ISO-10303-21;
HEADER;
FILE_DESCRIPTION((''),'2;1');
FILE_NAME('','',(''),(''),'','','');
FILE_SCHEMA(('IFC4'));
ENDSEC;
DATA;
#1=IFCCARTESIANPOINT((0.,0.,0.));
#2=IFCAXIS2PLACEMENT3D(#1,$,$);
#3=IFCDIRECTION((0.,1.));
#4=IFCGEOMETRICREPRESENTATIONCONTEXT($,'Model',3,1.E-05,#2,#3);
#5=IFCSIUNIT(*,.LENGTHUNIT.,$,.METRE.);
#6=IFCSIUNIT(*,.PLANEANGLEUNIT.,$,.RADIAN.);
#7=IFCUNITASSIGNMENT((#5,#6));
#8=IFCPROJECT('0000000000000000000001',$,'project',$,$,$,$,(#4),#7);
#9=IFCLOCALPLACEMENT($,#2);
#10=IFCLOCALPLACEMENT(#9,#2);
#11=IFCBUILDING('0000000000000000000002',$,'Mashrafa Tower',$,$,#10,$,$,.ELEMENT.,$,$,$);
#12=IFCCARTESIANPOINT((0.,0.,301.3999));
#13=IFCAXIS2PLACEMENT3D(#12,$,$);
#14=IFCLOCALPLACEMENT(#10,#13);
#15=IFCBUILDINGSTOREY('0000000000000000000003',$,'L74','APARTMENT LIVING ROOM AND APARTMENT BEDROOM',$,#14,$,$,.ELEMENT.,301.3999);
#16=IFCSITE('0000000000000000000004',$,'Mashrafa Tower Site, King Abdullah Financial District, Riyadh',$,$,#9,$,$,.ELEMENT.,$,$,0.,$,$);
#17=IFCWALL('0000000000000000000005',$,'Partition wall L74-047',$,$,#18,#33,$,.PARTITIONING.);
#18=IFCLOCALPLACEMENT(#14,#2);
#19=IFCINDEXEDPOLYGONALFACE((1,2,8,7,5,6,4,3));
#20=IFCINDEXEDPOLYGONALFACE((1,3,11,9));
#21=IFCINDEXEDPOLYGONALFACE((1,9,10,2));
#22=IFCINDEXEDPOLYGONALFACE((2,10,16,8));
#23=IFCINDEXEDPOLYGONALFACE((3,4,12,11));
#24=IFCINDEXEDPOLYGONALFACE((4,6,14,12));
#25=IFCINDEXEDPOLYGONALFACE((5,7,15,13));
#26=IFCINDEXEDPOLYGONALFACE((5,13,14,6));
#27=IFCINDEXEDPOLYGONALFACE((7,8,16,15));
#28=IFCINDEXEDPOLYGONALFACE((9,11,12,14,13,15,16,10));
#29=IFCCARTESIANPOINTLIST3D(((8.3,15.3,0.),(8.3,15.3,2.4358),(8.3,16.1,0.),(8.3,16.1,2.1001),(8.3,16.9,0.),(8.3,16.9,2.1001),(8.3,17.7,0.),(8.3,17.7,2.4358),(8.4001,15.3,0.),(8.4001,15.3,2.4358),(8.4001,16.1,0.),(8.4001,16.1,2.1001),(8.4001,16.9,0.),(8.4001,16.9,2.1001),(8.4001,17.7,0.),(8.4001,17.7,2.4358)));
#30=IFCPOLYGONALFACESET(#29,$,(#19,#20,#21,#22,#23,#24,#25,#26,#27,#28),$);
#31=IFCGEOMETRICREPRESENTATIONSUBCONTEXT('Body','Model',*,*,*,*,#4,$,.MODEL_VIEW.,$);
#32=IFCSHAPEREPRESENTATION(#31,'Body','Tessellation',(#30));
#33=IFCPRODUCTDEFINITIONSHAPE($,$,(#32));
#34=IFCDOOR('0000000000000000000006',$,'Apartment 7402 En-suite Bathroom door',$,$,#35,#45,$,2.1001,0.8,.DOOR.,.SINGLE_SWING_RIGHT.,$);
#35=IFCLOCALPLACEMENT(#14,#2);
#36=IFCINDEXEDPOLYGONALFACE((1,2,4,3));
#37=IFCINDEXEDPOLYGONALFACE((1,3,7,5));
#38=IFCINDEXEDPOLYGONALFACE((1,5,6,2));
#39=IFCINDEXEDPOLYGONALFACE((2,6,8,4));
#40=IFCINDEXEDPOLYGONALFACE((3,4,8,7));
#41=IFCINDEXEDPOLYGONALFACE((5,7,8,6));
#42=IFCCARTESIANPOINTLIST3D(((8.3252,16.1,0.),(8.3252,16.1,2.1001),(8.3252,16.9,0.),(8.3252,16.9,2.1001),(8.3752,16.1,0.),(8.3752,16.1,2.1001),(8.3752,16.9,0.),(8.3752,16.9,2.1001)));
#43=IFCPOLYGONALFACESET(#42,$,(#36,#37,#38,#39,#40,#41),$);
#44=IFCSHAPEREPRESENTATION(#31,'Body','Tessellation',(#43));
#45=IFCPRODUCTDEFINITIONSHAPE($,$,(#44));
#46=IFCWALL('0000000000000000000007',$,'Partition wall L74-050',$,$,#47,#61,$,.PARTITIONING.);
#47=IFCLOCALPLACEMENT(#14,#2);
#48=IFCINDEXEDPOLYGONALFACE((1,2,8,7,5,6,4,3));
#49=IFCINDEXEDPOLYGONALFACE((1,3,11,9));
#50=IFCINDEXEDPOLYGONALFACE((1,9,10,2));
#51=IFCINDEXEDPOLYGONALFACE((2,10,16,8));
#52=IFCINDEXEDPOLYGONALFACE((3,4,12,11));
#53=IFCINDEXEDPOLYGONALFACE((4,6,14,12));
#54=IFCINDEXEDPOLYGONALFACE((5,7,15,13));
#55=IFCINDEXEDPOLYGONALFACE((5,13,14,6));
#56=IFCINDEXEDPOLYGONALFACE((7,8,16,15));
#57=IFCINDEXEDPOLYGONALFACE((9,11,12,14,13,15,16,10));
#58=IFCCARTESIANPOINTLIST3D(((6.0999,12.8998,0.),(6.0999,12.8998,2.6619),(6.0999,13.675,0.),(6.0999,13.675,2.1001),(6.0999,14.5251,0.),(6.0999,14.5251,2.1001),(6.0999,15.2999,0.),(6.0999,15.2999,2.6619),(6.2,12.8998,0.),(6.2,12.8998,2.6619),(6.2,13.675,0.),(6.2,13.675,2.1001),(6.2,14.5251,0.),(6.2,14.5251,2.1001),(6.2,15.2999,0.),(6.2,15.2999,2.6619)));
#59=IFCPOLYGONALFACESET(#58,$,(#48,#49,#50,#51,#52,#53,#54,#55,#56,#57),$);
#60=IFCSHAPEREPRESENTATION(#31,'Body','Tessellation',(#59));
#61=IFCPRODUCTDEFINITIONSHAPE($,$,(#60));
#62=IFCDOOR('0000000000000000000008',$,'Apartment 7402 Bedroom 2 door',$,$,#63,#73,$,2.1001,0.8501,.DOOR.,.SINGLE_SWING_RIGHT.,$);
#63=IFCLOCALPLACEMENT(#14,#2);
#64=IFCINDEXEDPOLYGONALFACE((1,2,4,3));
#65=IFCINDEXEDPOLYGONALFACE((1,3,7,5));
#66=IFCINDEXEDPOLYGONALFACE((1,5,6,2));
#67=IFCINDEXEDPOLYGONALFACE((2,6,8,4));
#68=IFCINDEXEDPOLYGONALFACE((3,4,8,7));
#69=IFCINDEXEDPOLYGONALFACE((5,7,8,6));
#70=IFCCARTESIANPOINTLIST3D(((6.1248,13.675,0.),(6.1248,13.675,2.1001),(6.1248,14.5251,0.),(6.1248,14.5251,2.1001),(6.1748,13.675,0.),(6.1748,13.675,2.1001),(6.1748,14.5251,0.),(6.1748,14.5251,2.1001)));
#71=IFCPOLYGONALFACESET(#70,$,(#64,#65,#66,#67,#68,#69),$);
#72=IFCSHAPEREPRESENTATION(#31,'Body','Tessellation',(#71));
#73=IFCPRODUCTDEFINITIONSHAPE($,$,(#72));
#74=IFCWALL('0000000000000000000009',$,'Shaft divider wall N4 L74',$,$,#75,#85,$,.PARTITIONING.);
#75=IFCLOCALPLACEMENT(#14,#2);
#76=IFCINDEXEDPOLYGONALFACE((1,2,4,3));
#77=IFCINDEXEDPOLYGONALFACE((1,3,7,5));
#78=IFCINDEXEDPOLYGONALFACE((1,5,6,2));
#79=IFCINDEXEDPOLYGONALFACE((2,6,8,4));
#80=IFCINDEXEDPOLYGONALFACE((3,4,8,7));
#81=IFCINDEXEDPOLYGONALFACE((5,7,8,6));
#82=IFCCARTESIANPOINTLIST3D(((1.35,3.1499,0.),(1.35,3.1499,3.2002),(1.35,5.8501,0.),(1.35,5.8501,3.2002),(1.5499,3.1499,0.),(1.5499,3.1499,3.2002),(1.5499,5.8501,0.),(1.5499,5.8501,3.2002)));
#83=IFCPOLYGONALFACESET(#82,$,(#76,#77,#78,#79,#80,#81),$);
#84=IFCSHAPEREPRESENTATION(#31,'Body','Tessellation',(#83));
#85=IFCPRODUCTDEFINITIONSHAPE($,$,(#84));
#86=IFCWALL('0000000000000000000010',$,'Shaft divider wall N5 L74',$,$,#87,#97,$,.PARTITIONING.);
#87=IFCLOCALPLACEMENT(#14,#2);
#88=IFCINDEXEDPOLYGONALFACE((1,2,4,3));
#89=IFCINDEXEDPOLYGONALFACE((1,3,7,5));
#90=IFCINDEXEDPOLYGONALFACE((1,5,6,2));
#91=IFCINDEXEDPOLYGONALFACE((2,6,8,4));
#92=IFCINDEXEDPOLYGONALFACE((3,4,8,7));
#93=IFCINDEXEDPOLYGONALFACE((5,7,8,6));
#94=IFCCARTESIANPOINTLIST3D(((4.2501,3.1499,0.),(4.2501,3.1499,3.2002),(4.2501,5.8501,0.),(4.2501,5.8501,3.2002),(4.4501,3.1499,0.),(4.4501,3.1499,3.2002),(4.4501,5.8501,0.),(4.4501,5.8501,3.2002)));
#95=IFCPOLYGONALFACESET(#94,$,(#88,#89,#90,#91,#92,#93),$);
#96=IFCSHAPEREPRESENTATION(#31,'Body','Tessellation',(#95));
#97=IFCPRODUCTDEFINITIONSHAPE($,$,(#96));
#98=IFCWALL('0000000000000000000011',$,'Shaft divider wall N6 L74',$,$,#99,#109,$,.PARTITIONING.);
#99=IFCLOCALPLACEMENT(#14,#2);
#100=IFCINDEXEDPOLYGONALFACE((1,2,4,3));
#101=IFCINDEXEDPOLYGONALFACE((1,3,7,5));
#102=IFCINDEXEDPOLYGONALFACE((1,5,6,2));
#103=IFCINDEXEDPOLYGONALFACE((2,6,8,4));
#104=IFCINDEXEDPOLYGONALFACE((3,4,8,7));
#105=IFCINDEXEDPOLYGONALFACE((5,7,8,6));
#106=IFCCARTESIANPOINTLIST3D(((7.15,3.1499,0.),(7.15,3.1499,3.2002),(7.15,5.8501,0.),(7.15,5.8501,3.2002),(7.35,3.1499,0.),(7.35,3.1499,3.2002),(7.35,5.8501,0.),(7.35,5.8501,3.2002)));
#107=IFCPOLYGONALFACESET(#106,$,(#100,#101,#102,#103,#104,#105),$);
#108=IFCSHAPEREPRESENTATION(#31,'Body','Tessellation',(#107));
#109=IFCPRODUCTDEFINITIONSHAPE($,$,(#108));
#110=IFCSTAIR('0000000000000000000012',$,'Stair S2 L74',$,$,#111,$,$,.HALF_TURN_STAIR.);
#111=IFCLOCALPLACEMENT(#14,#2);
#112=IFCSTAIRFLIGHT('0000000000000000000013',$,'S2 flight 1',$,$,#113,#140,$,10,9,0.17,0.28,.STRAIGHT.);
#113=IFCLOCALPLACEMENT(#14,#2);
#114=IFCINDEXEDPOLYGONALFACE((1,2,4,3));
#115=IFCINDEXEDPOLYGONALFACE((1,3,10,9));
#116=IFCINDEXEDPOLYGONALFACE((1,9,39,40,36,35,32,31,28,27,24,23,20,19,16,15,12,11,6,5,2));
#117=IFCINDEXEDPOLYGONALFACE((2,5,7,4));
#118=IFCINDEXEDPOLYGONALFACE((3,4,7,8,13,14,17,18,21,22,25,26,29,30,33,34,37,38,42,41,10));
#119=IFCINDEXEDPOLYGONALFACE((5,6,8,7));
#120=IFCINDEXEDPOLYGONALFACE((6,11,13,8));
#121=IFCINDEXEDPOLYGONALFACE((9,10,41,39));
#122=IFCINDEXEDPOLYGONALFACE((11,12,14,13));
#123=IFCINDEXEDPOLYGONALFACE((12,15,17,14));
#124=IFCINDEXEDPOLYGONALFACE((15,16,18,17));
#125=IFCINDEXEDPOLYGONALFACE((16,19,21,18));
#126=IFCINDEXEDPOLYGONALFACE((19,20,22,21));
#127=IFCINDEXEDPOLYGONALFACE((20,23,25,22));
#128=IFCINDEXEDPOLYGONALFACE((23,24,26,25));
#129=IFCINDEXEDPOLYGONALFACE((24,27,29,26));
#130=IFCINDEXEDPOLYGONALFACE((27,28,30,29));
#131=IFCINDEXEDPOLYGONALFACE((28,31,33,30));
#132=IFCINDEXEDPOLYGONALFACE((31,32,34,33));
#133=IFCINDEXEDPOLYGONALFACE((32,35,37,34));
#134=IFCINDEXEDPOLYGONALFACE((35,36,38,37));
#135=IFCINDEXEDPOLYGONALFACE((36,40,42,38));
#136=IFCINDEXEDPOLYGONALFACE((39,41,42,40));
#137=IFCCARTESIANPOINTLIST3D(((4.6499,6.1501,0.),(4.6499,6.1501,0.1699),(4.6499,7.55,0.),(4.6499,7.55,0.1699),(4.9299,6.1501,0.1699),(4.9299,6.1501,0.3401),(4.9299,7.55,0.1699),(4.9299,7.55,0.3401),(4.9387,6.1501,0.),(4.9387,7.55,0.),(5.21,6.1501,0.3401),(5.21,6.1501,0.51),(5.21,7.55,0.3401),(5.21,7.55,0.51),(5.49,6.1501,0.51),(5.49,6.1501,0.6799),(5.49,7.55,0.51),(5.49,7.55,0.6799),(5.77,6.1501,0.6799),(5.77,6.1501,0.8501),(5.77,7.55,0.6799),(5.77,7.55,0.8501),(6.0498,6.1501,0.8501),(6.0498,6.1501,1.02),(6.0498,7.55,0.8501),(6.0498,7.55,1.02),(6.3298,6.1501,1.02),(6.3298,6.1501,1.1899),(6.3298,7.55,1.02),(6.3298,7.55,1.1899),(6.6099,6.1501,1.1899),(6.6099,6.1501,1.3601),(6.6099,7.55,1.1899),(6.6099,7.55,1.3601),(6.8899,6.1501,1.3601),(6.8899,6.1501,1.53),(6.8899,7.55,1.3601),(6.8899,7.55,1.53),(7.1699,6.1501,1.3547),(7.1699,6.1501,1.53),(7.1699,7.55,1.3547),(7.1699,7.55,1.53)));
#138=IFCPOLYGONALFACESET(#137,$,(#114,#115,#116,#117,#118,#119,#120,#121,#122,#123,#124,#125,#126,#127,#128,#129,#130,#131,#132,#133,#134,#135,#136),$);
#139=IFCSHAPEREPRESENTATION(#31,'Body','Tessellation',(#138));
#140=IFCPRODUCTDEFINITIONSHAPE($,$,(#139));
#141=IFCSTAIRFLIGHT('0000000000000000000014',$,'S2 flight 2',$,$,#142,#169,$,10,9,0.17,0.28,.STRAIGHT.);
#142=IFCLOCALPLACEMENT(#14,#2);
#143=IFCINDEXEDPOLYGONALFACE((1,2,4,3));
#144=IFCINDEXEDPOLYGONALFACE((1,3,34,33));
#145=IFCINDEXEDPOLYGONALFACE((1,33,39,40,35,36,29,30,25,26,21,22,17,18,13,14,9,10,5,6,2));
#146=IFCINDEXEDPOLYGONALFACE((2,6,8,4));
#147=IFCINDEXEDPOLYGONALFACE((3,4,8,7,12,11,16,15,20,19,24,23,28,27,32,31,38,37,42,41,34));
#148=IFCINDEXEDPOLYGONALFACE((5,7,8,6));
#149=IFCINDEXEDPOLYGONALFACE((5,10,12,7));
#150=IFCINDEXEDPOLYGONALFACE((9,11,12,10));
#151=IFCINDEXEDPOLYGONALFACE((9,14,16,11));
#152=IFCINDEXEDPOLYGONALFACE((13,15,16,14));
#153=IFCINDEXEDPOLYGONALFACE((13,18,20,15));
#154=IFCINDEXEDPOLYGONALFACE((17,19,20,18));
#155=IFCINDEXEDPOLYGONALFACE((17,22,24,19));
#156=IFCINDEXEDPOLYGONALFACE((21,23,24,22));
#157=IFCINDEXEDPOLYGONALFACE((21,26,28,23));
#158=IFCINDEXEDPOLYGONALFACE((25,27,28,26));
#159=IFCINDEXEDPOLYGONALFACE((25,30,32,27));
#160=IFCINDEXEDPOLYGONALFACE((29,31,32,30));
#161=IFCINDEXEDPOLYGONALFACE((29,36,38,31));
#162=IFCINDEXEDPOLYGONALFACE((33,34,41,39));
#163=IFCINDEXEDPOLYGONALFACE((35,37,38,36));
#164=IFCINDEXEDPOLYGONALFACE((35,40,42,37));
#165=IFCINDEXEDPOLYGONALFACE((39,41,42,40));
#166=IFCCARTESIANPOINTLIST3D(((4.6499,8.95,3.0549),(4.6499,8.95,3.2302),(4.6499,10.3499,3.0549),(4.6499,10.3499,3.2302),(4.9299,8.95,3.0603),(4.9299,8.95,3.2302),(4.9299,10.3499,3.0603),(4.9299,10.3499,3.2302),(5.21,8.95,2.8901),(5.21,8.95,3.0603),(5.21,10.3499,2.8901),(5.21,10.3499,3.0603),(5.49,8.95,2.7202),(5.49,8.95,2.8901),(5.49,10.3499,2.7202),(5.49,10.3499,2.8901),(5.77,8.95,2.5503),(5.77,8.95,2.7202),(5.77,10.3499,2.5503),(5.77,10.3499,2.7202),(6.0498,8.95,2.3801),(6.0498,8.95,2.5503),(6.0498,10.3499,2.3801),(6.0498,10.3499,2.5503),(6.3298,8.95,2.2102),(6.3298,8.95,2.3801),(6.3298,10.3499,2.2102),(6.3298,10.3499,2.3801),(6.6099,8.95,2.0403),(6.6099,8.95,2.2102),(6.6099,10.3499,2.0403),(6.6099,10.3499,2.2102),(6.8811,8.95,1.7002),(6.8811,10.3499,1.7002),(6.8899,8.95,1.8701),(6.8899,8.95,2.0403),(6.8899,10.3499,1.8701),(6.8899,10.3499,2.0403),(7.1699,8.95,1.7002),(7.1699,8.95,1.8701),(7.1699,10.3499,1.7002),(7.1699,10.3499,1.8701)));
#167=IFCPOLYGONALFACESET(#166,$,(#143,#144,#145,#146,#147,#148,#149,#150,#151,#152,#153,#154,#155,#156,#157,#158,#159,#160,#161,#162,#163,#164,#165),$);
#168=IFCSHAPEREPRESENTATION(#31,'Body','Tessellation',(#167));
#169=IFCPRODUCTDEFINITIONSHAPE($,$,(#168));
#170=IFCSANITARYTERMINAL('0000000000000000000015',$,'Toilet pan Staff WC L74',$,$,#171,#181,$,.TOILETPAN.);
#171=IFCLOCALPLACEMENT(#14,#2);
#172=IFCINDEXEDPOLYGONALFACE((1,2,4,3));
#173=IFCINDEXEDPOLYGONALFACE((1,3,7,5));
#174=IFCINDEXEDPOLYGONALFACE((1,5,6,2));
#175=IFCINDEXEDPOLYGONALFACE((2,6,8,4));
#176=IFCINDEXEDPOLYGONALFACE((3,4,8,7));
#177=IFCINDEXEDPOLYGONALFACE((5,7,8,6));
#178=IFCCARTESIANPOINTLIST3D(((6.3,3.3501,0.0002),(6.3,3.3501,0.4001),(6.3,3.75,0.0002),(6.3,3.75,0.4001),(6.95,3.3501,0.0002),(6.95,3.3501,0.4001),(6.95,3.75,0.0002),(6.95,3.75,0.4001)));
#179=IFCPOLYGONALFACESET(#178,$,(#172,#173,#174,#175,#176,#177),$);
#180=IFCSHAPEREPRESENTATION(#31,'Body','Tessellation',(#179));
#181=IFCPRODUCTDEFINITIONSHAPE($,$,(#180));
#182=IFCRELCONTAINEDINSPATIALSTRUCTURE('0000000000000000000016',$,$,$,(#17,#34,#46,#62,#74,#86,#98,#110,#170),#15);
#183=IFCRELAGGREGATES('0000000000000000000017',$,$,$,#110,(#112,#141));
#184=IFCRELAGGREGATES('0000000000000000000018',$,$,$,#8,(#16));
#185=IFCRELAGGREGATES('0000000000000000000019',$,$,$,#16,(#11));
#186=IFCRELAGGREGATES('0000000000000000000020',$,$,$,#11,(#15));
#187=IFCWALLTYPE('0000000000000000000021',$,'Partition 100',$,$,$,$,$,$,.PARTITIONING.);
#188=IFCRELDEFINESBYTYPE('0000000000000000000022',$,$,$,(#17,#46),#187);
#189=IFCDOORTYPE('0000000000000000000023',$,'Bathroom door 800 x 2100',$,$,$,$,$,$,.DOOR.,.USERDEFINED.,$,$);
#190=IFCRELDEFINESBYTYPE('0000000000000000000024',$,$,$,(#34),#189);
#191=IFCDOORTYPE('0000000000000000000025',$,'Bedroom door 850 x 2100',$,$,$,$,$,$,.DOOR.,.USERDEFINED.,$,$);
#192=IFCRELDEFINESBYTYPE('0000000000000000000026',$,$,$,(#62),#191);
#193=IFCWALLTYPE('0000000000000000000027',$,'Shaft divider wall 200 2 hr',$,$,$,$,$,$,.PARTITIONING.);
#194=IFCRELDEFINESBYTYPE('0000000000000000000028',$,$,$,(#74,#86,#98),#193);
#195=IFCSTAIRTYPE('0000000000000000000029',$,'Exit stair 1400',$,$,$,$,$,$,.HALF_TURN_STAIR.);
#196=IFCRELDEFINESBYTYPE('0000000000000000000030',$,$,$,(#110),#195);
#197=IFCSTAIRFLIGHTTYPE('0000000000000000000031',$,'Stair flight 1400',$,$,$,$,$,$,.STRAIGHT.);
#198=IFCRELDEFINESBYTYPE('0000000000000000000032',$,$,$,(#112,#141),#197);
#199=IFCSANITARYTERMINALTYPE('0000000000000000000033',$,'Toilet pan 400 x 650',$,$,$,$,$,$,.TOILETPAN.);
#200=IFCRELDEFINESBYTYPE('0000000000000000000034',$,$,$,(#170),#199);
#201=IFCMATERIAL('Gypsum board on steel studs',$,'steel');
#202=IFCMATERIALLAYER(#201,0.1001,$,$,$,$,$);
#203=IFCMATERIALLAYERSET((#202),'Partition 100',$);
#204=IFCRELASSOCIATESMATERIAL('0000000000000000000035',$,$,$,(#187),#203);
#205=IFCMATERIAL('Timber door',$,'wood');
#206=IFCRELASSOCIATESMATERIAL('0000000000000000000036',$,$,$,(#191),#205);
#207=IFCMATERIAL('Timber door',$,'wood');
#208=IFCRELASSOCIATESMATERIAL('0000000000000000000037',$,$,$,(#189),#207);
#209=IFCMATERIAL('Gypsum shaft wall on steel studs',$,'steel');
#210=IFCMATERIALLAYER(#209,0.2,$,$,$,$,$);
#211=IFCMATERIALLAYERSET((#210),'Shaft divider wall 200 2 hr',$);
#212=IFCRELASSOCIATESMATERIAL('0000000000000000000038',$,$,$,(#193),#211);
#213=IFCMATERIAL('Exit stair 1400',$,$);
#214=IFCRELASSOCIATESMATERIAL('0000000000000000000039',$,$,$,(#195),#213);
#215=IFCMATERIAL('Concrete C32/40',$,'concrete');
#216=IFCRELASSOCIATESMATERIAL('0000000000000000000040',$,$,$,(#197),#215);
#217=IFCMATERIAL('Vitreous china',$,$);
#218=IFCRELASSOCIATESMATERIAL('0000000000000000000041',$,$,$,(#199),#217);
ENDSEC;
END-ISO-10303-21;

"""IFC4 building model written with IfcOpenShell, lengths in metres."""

from ifc_helpers import new_model, si_unit, direction, frame, frame_2d, origin, origin_2d, place, context, subcontext, project, spatial, polyline, rectangle, outline, extrude, material, layer, layer_set, type_object, element, fill, aggregate, save


model = new_model("IFC4")

# Units and contexts
model_context = context("Model", 3, precision=1e-05, world=origin(), true_north=direction((0.0, 1.0)))
body_context = subcontext(model_context, "Body", "Model", "MODEL_VIEW")
ifc_project = project(units=[si_unit("LENGTHUNIT", "METRE"), si_unit("PLANEANGLEUNIT", "RADIAN")], contexts=[model_context])

# Site, building, storey
site_placement = place(None, origin())
site = spatial("IfcSite", under=ifc_project, at=site_placement, Name="Mashrafa Tower Site, King Abdullah Financial District, Riyadh", CompositionType="ELEMENT", RefElevation=0.0)
building_placement = place(site_placement, origin())
building = spatial("IfcBuilding", under=site, at=building_placement, Name="Mashrafa Tower", CompositionType="ELEMENT")
storey_placement = place(building_placement, frame((0.0, 0.0, 301.3999)))
storey = spatial("IfcBuildingStorey", under=building, at=storey_placement, Name="L74", Description="APARTMENT LIVING ROOM AND APARTMENT BEDROOM", CompositionType="ELEMENT", Elevation=301.3999)

# Shared definitions
ifc_material_1 = material(Name="Gypsum board on steel studs", Category="steel")
ifc_layer_1 = layer(ifc_material_1, 0.1001)
ifc_layer_set_1 = layer_set([ifc_layer_1], Name="Partition 100")
wall_type_1 = type_object("IfcWallType", Name="Partition 100", PredefinedType="PARTITIONING", material=ifc_layer_set_1)

# Shared definitions
ifc_material_2 = material(Name="Timber door", Category="wood")
door_type_1 = type_object("IfcDoorType", Name="Bedroom door 850 x 2100", OperationType="USERDEFINED", PredefinedType="DOOR", material=ifc_material_2)

# Walls, openings, doors
wall_1_placement = place(storey_placement, frame((8.3501, 15.3, 0.0), z_axis=(0.0, 0.0, 1.0), x_axis=(0.0, 1.0, 0.0)))
wall_1 = element("IfcWall", 1, at=wall_1_placement, inside=storey, type_object=wall_type_1, Name="Partition wall L74-047", PredefinedType="PARTITIONING", context=body_context, shape_type="SweptSolid", body=[
    extrude(rectangle(XDim=2.3999, YDim=0.1001, at=frame_2d((1.2, 0.0))), origin(), (0.0, 0.0, 1.0), 2.4358),
])
opening_1_placement = place(wall_1_placement, frame((0.8, 0.0, 0.0)))
opening_1 = element("IfcOpeningElement", 2, at=opening_1_placement, cuts=wall_1, PredefinedType="OPENING", context=body_context, shape_type="SweptSolid", body=[
    extrude(rectangle(XDim=0.8, YDim=2.1001, at=frame_2d((0.3999, 1.05))), frame((0.0, 0.0601, 0.0), z_axis=(0.0, -1.0, 0.0), x_axis=(1.0, 0.0, 0.0)), (0.0, 0.0, 1.0), 0.1201),
])
ifc_material_3 = material(Name="Timber door", Category="wood")
door_type_2 = type_object("IfcDoorType", Name="Bathroom door 800 x 2100", OperationType="USERDEFINED", PredefinedType="DOOR", material=ifc_material_3)
door_1_placement = place(opening_1_placement, origin())
door_1 = element("IfcDoor", 3, at=door_1_placement, inside=storey, type_object=door_type_2, Name="Apartment 7402 En-suite Bathroom door", OperationType="SINGLE_SWING_RIGHT", OverallHeight=2.1001, OverallWidth=0.8, PredefinedType="DOOR", context=body_context, shape_type="SweptSolid", body=[
    extrude(rectangle(XDim=0.8, YDim=2.1001, at=frame_2d((0.3999, 1.05))), frame((0.0, 0.0249, 0.0), z_axis=(0.0, -1.0, 0.0), x_axis=(1.0, 0.0, 0.0)), (0.0, 0.0, 1.0), 0.05),
])
fill(opening_1, door_1)
wall_2_placement = place(storey_placement, frame((6.1499, 15.3, 0.0), z_axis=(0.0, 0.0, 1.0), x_axis=(0.0, -1.0, 0.0)))
wall_2 = element("IfcWall", 4, at=wall_2_placement, inside=storey, type_object=wall_type_1, Name="Partition wall L74-050", PredefinedType="PARTITIONING", context=body_context, shape_type="SweptSolid", body=[
    extrude(rectangle(XDim=2.4001, YDim=0.1001, at=frame_2d((1.2002, 0.0))), origin(), (0.0, 0.0, 1.0), 2.6619),
])
opening_2_placement = place(wall_2_placement, frame((0.7749, 0.0, 0.0)))
opening_2 = element("IfcOpeningElement", 5, at=opening_2_placement, cuts=wall_2, PredefinedType="OPENING", context=body_context, shape_type="SweptSolid", body=[
    extrude(rectangle(XDim=0.8501, YDim=2.1001, at=frame_2d((0.425, 1.05))), frame((0.0, 0.0601, 0.0), z_axis=(0.0, -1.0, 0.0), x_axis=(1.0, 0.0, 0.0)), (0.0, 0.0, 1.0), 0.1201),
])
door_2_placement = place(opening_2_placement, origin())
door_2 = element("IfcDoor", 6, at=door_2_placement, inside=storey, type_object=door_type_1, Name="Apartment 7402 Bedroom 2 door", OperationType="SINGLE_SWING_RIGHT", OverallHeight=2.1001, OverallWidth=0.8501, PredefinedType="DOOR", context=body_context, shape_type="SweptSolid", body=[
    extrude(rectangle(XDim=0.8501, YDim=2.1001, at=frame_2d((0.425, 1.05))), frame((0.0, 0.0249, 0.0), z_axis=(0.0, -1.0, 0.0), x_axis=(1.0, 0.0, 0.0)), (0.0, 0.0, 1.0), 0.05),
])
fill(opening_2, door_2)

# Walls
ifc_material_4 = material(Name="Gypsum shaft wall on steel studs", Category="steel")
ifc_layer_2 = layer(ifc_material_4, 0.2)
ifc_layer_set_2 = layer_set([ifc_layer_2], Name="Shaft divider wall 200 2 hr")
wall_type_2 = type_object("IfcWallType", Name="Shaft divider wall 200 2 hr", PredefinedType="PARTITIONING", material=ifc_layer_set_2)
for number, where, z_axis, x_axis, name in (
    (7, (1.45, 3.1499, 0.0), (0.0, 0.0, 1.0), (0.0, 1.0, 0.0), "Shaft divider wall N4 L74"),
    (8, (4.3501, 3.1499, 0.0), (0.0, 0.0, 1.0), (0.0, 1.0, 0.0), "Shaft divider wall N5 L74"),
    (9, (7.25, 3.1499, 0.0), (0.0, 0.0, 1.0), (0.0, 1.0, 0.0), "Shaft divider wall N6 L74"),
):
    element("IfcWall", number, at=place(storey_placement, frame(where, z_axis=z_axis, x_axis=x_axis)), inside=storey, type_object=wall_type_2, Name=name, PredefinedType="PARTITIONING", context=body_context, shape_type="SweptSolid", body=[
        extrude(rectangle(XDim=2.7002, YDim=0.2, at=frame_2d((1.3501, 0.0))), origin(), (0.0, 0.0, 1.0), 3.2002),
    ])

# Stair, stair flights
ifc_material_5 = material(Name="Exit stair 1400")
stair_type = type_object("IfcStairType", Name="Exit stair 1400", PredefinedType="HALF_TURN_STAIR", material=ifc_material_5)
stair_placement = place(storey_placement, origin())
stair = element("IfcStair", 10, at=stair_placement, inside=storey, type_object=stair_type, Name="Stair S2 L74", PredefinedType="HALF_TURN_STAIR")
ifc_material_6 = material(Name="Concrete C32/40", Category="concrete")
stair_flight_type = type_object("IfcStairFlightType", Name="Stair flight 1400", PredefinedType="STRAIGHT", material=ifc_material_6)
stair_flight_1_placement = place(storey_placement, frame((4.6499, 6.8501, 0.0), z_axis=(0.0, 0.0, 1.0), x_axis=(1.0, 0.0, 0.0)))
stair_flight_1 = element("IfcStairFlight", 11, at=stair_flight_1_placement, type_object=stair_flight_type, Name="S2 flight 1", NumberOfRisers=10, NumberOfTreads=9, PredefinedType="STRAIGHT", RiserHeight=0.17, TreadLength=0.28, context=body_context, shape_type="SweptSolid", body=[
    extrude(outline(polyline([(0.0, 0.0), (0.0, 0.1699), (0.28, 0.1699), (0.28, 0.3401), (0.5601, 0.3401), (0.5601, 0.51), (0.8401, 0.51), (0.8401, 0.6799), (1.1201, 0.6799), (1.1201, 0.8501), (1.3999, 0.8501), (1.3999, 1.02), (1.6799, 1.02), (1.6799, 1.1899), (1.96, 1.1899), (1.96, 1.3601), (2.24, 1.3601), (2.24, 1.53), (2.52, 1.53), (2.52, 1.7), (2.52, 1.3547), (0.2888, 0.0), (0.0, 0.0)])), frame((0.0, 0.7, 0.0), z_axis=(0.0, -1.0, 0.0), x_axis=(1.0, 0.0, 0.0)), (0.0, 0.0, 1.0), 1.3999),
])
stair_flight_2_placement = place(storey_placement, frame((7.1699, 9.6499, 1.7002), z_axis=(0.0, 0.0, 1.0), x_axis=(-1.0, 0.0, 0.0)))
stair_flight_2 = element("IfcStairFlight", 12, at=stair_flight_2_placement, type_object=stair_flight_type, Name="S2 flight 2", NumberOfRisers=10, NumberOfTreads=9, PredefinedType="STRAIGHT", RiserHeight=0.17, TreadLength=0.28, context=body_context, shape_type="SweptSolid", body=[
    extrude(outline(polyline([(0.0, 0.0), (0.0, 0.1699), (0.28, 0.1699), (0.28, 0.3401), (0.5601, 0.3401), (0.5601, 0.51), (0.8401, 0.51), (0.8401, 0.6799), (1.1201, 0.6799), (1.1201, 0.8501), (1.3999, 0.8501), (1.3999, 1.02), (1.6799, 1.02), (1.6799, 1.1899), (1.96, 1.1899), (1.96, 1.3601), (2.24, 1.3601), (2.24, 1.53), (2.52, 1.53), (2.52, 1.7), (2.52, 1.3547), (0.2888, 0.0), (0.0, 0.0)])), frame((0.0, 0.7, 0.0), z_axis=(0.0, -1.0, 0.0), x_axis=(1.0, 0.0, 0.0)), (0.0, 0.0, 1.0), 1.3999),
])
aggregate(stair, [stair_flight_1, stair_flight_2])

# Sanitary terminal
ifc_material_7 = material(Name="Vitreous china")
sanitary_terminal_type_1 = type_object("IfcSanitaryTerminalType", Name="Toilet pan 400 x 650", PredefinedType="TOILETPAN", material=ifc_material_7)
for number, where, z_axis, x_axis, name in (
    (13, (6.625, 3.55, 0.0002), (0.0, 0.0, 1.0), (0.0, 1.0, 0.0), "Toilet pan Staff WC L74"),
):
    element("IfcSanitaryTerminal", number, at=place(storey_placement, frame(where, z_axis=z_axis, x_axis=x_axis)), inside=storey, type_object=sanitary_terminal_type_1, Name=name, PredefinedType="TOILETPAN", context=body_context, shape_type="SweptSolid", body=[
        extrude(rectangle(XDim=0.3999, YDim=0.6499, at=origin_2d()), origin(), (0.0, 0.0, 1.0), 0.3999),
    ])

save(model, "model.ifc")
